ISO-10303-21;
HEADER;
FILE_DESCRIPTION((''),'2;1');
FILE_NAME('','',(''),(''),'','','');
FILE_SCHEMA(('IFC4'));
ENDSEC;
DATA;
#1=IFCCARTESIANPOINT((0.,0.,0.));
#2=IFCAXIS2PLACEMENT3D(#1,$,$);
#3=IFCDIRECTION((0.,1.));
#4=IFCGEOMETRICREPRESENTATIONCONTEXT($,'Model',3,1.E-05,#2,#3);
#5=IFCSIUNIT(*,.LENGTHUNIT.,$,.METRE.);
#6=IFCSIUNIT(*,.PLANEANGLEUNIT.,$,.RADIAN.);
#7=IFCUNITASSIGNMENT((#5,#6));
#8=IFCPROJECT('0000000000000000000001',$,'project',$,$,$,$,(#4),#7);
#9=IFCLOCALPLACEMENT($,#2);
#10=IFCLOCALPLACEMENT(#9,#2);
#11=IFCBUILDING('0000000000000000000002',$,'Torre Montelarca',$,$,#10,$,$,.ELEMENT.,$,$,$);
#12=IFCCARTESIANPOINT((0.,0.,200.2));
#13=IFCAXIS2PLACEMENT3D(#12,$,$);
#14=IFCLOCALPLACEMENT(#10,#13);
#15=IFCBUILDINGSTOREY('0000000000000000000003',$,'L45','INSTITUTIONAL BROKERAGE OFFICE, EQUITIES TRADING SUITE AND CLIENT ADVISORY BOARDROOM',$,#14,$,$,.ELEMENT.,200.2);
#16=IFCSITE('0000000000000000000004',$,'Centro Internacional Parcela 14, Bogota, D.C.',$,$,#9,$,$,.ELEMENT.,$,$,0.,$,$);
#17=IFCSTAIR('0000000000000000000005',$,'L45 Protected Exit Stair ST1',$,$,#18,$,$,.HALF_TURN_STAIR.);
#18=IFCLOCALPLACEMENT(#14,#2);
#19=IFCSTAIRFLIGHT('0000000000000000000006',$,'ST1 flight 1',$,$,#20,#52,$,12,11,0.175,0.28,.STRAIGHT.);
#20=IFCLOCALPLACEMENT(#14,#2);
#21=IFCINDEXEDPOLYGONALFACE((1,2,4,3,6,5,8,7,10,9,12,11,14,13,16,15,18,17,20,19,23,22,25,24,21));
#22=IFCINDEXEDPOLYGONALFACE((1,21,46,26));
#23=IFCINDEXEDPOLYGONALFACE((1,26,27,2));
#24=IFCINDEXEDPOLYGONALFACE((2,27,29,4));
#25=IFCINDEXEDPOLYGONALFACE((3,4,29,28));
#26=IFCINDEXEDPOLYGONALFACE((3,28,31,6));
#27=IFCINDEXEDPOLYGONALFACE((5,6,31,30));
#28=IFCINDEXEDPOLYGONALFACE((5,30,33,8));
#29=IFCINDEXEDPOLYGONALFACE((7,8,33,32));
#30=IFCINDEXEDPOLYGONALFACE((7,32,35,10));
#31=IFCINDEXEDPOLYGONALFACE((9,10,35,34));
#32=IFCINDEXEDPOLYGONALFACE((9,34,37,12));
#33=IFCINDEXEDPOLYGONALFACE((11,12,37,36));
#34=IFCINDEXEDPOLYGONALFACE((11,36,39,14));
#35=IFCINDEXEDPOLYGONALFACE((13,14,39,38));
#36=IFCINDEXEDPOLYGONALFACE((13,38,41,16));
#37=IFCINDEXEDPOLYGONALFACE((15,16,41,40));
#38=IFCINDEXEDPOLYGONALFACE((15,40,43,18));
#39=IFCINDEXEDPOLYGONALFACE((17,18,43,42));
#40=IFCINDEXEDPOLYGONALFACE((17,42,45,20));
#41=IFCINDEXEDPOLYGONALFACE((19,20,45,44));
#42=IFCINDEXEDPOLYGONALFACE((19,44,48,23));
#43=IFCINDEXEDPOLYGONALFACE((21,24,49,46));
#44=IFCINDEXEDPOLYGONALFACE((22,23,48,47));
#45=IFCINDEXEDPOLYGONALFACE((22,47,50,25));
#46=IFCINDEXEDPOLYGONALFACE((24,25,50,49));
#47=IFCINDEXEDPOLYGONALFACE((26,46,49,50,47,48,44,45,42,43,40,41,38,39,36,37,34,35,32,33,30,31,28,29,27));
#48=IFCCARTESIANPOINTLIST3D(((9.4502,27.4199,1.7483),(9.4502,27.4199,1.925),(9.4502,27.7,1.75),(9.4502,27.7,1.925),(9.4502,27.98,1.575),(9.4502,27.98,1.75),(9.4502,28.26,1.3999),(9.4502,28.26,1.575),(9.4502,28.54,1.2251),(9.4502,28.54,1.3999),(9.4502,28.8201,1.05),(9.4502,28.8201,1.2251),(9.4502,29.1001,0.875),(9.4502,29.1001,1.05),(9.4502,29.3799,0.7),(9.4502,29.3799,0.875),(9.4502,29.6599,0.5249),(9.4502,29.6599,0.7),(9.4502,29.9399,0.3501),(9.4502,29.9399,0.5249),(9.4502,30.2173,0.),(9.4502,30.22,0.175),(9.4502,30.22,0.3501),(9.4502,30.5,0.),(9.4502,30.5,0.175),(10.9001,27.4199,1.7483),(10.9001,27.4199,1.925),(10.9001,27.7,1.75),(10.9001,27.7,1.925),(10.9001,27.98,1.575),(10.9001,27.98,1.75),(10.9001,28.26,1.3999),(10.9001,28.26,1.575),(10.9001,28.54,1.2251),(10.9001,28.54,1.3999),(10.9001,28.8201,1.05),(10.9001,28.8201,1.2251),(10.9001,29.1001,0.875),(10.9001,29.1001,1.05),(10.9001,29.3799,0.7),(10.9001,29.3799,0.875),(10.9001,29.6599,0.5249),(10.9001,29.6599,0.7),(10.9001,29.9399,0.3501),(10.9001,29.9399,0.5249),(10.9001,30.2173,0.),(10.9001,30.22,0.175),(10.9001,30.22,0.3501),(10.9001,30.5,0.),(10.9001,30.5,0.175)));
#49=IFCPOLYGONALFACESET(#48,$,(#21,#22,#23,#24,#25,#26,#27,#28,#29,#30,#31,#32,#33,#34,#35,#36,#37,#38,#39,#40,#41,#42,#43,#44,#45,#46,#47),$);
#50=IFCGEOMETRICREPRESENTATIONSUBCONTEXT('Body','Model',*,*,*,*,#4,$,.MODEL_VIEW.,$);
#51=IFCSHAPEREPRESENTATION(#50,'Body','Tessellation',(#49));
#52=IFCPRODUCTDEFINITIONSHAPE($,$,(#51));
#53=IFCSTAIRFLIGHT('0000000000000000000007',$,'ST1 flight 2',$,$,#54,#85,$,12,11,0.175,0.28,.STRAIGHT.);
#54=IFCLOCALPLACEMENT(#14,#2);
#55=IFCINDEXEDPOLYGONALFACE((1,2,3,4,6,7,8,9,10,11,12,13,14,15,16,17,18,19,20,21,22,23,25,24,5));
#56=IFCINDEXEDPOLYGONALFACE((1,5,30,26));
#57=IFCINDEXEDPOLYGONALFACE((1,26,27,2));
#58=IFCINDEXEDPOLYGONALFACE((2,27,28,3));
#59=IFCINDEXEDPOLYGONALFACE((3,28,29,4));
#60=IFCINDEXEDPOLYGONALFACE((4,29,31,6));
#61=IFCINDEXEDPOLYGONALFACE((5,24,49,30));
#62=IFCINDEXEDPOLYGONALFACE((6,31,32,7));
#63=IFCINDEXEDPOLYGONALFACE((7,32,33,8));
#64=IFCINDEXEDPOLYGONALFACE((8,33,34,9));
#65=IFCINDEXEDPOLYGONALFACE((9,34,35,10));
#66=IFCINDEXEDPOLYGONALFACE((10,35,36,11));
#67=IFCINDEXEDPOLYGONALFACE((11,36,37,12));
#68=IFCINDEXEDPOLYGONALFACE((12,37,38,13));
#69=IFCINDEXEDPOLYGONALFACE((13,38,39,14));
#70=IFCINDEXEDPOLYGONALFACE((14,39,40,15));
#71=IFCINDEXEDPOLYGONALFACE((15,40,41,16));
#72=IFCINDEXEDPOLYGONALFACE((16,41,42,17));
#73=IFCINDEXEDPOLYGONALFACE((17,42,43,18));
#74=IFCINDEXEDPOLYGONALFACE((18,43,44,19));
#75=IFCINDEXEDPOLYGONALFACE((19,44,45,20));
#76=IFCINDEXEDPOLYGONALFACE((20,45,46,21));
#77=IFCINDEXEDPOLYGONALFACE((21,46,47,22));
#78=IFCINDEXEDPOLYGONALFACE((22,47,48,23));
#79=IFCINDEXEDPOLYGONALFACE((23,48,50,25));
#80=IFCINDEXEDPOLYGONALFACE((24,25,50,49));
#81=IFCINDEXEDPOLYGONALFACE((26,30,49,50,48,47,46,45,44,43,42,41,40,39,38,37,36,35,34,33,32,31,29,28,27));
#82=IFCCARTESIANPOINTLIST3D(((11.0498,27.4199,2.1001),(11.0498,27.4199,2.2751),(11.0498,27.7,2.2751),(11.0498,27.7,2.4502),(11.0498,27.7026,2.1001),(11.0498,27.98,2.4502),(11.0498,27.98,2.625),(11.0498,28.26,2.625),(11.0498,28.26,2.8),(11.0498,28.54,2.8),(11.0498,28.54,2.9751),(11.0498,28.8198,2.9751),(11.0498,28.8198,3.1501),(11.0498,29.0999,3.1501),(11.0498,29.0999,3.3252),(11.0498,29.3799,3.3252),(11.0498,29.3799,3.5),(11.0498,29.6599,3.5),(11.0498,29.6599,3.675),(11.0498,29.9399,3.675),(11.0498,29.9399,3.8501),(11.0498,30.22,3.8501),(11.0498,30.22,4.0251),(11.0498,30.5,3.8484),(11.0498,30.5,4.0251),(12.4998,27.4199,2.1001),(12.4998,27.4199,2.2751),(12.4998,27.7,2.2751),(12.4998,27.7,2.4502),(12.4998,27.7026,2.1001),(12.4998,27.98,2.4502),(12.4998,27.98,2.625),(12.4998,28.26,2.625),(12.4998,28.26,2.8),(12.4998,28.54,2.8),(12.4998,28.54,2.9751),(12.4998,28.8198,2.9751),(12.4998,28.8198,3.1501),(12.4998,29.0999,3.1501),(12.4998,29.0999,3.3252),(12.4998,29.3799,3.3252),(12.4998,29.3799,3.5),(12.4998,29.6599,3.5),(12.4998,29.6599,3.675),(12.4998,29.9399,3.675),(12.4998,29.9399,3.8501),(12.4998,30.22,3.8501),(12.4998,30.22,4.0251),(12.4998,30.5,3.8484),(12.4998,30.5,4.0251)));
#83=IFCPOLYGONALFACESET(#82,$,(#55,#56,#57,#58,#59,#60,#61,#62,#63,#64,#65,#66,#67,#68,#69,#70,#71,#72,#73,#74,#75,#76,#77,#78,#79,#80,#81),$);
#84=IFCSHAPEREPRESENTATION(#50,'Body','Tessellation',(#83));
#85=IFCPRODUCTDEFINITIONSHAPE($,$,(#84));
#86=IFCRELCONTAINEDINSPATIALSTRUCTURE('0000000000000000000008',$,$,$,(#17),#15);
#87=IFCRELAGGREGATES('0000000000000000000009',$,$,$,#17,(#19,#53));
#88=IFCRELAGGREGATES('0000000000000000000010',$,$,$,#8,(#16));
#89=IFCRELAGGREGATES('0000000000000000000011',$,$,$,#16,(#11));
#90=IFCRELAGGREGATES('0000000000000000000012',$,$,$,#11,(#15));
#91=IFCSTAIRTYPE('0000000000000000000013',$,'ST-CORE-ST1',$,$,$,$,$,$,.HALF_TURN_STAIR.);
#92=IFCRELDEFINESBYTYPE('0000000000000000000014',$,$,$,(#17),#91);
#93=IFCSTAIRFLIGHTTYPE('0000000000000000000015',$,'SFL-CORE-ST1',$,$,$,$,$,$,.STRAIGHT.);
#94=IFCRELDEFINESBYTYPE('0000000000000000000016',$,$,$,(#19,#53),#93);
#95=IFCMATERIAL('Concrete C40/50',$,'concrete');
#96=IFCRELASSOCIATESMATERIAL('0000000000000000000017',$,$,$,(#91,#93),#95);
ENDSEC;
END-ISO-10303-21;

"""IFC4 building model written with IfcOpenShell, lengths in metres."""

from ifc_helpers import new_model, si_unit, direction, frame, origin, place, context, subcontext, project, spatial, polyline, outline, extrude, material, type_object, element, aggregate, save


model = new_model("IFC4")

# Units and contexts
model_context = context("Model", 3, precision=1e-05, world=origin(), true_north=direction((0.0, 1.0)))
body_context = subcontext(model_context, "Body", "Model", "MODEL_VIEW")
ifc_project = project(units=[si_unit("LENGTHUNIT", "METRE"), si_unit("PLANEANGLEUNIT", "RADIAN")], contexts=[model_context])

# Site, building, storey
site_placement = place(None, origin())
site = spatial("IfcSite", under=ifc_project, at=site_placement, Name="Centro Internacional Parcela 14, Bogota, D.C.", CompositionType="ELEMENT", RefElevation=0.0)
building_placement = place(site_placement, origin())
building = spatial("IfcBuilding", under=site, at=building_placement, Name="Torre Montelarca", CompositionType="ELEMENT")
storey_placement = place(building_placement, frame((0.0, 0.0, 200.2)))
storey = spatial("IfcBuildingStorey", under=building, at=storey_placement, Name="L45", Description="INSTITUTIONAL BROKERAGE OFFICE, EQUITIES TRADING SUITE AND CLIENT ADVISORY BOARDROOM", CompositionType="ELEMENT", Elevation=200.2)

# Shared definitions
ifc_material_1 = material(Name="Concrete C40/50", Category="concrete")

# Stair, stair flights
stair_type = type_object("IfcStairType", Name="ST-CORE-ST1", PredefinedType="HALF_TURN_STAIR", material=ifc_material_1)
stair_placement = place(storey_placement, origin())
stair = element("IfcStair", 1, at=stair_placement, inside=storey, type_object=stair_type, Name="L45 Protected Exit Stair ST1", PredefinedType="HALF_TURN_STAIR")
stair_flight_type = type_object("IfcStairFlightType", Name="SFL-CORE-ST1", PredefinedType="STRAIGHT", material=ifc_material_1)
stair_flight_1_placement = place(storey_placement, frame((10.175, 30.5, 0.0), z_axis=(0.0, 0.0, 1.0), x_axis=(0.0, -1.0, 0.0)))
stair_flight_1 = element("IfcStairFlight", 2, at=stair_flight_1_placement, type_object=stair_flight_type, Name="ST1 flight 1", NumberOfRisers=12, NumberOfTreads=11, PredefinedType="STRAIGHT", RiserHeight=0.175, TreadLength=0.28, context=body_context, shape_type="SweptSolid", body=[
    extrude(outline(polyline([(0.0, 0.0), (0.0, 0.175), (0.28, 0.175), (0.28, 0.3501), (0.5601, 0.3501), (0.5601, 0.5249), (0.8401, 0.5249), (0.8401, 0.7), (1.1201, 0.7), (1.1201, 0.875), (1.3999, 0.875), (1.3999, 1.05), (1.6799, 1.05), (1.6799, 1.2251), (1.96, 1.2251), (1.96, 1.3999), (2.24, 1.3999), (2.24, 1.575), (2.52, 1.575), (2.52, 1.75), (2.8, 1.75), (2.8, 1.925), (3.0801, 1.925), (3.0801, 2.1001), (3.0801, 1.7483), (0.2827, 0.0), (0.0, 0.0)])), frame((0.0, 0.7251, 0.0), z_axis=(0.0, -1.0, 0.0), x_axis=(1.0, 0.0, 0.0)), (0.0, 0.0, 1.0), 1.45),
])
stair_flight_2_placement = place(storey_placement, frame((11.7749, 27.4199, 2.1001), z_axis=(0.0, 0.0, 1.0), x_axis=(0.0, 1.0, 0.0)))
stair_flight_2 = element("IfcStairFlight", 3, at=stair_flight_2_placement, type_object=stair_flight_type, Name="ST1 flight 2", NumberOfRisers=12, NumberOfTreads=11, PredefinedType="STRAIGHT", RiserHeight=0.175, TreadLength=0.28, context=body_context, shape_type="SweptSolid", body=[
    extrude(outline(polyline([(0.0, 0.0), (0.0, 0.175), (0.28, 0.175), (0.28, 0.3501), (0.5601, 0.3501), (0.5601, 0.5249), (0.8401, 0.5249), (0.8401, 0.7), (1.1201, 0.7), (1.1201, 0.875), (1.3999, 0.875), (1.3999, 1.05), (1.6799, 1.05), (1.6799, 1.2251), (1.96, 1.2251), (1.96, 1.3999), (2.24, 1.3999), (2.24, 1.575), (2.52, 1.575), (2.52, 1.75), (2.8, 1.75), (2.8, 1.925), (3.0801, 1.925), (3.0801, 2.1001), (3.0801, 1.7483), (0.2827, 0.0), (0.0, 0.0)])), frame((0.0, 0.7251, 0.0), z_axis=(0.0, -1.0, 0.0), x_axis=(1.0, 0.0, 0.0)), (0.0, 0.0, 1.0), 1.45),
])
aggregate(stair, [stair_flight_1, stair_flight_2])

save(model, "model.ifc")
